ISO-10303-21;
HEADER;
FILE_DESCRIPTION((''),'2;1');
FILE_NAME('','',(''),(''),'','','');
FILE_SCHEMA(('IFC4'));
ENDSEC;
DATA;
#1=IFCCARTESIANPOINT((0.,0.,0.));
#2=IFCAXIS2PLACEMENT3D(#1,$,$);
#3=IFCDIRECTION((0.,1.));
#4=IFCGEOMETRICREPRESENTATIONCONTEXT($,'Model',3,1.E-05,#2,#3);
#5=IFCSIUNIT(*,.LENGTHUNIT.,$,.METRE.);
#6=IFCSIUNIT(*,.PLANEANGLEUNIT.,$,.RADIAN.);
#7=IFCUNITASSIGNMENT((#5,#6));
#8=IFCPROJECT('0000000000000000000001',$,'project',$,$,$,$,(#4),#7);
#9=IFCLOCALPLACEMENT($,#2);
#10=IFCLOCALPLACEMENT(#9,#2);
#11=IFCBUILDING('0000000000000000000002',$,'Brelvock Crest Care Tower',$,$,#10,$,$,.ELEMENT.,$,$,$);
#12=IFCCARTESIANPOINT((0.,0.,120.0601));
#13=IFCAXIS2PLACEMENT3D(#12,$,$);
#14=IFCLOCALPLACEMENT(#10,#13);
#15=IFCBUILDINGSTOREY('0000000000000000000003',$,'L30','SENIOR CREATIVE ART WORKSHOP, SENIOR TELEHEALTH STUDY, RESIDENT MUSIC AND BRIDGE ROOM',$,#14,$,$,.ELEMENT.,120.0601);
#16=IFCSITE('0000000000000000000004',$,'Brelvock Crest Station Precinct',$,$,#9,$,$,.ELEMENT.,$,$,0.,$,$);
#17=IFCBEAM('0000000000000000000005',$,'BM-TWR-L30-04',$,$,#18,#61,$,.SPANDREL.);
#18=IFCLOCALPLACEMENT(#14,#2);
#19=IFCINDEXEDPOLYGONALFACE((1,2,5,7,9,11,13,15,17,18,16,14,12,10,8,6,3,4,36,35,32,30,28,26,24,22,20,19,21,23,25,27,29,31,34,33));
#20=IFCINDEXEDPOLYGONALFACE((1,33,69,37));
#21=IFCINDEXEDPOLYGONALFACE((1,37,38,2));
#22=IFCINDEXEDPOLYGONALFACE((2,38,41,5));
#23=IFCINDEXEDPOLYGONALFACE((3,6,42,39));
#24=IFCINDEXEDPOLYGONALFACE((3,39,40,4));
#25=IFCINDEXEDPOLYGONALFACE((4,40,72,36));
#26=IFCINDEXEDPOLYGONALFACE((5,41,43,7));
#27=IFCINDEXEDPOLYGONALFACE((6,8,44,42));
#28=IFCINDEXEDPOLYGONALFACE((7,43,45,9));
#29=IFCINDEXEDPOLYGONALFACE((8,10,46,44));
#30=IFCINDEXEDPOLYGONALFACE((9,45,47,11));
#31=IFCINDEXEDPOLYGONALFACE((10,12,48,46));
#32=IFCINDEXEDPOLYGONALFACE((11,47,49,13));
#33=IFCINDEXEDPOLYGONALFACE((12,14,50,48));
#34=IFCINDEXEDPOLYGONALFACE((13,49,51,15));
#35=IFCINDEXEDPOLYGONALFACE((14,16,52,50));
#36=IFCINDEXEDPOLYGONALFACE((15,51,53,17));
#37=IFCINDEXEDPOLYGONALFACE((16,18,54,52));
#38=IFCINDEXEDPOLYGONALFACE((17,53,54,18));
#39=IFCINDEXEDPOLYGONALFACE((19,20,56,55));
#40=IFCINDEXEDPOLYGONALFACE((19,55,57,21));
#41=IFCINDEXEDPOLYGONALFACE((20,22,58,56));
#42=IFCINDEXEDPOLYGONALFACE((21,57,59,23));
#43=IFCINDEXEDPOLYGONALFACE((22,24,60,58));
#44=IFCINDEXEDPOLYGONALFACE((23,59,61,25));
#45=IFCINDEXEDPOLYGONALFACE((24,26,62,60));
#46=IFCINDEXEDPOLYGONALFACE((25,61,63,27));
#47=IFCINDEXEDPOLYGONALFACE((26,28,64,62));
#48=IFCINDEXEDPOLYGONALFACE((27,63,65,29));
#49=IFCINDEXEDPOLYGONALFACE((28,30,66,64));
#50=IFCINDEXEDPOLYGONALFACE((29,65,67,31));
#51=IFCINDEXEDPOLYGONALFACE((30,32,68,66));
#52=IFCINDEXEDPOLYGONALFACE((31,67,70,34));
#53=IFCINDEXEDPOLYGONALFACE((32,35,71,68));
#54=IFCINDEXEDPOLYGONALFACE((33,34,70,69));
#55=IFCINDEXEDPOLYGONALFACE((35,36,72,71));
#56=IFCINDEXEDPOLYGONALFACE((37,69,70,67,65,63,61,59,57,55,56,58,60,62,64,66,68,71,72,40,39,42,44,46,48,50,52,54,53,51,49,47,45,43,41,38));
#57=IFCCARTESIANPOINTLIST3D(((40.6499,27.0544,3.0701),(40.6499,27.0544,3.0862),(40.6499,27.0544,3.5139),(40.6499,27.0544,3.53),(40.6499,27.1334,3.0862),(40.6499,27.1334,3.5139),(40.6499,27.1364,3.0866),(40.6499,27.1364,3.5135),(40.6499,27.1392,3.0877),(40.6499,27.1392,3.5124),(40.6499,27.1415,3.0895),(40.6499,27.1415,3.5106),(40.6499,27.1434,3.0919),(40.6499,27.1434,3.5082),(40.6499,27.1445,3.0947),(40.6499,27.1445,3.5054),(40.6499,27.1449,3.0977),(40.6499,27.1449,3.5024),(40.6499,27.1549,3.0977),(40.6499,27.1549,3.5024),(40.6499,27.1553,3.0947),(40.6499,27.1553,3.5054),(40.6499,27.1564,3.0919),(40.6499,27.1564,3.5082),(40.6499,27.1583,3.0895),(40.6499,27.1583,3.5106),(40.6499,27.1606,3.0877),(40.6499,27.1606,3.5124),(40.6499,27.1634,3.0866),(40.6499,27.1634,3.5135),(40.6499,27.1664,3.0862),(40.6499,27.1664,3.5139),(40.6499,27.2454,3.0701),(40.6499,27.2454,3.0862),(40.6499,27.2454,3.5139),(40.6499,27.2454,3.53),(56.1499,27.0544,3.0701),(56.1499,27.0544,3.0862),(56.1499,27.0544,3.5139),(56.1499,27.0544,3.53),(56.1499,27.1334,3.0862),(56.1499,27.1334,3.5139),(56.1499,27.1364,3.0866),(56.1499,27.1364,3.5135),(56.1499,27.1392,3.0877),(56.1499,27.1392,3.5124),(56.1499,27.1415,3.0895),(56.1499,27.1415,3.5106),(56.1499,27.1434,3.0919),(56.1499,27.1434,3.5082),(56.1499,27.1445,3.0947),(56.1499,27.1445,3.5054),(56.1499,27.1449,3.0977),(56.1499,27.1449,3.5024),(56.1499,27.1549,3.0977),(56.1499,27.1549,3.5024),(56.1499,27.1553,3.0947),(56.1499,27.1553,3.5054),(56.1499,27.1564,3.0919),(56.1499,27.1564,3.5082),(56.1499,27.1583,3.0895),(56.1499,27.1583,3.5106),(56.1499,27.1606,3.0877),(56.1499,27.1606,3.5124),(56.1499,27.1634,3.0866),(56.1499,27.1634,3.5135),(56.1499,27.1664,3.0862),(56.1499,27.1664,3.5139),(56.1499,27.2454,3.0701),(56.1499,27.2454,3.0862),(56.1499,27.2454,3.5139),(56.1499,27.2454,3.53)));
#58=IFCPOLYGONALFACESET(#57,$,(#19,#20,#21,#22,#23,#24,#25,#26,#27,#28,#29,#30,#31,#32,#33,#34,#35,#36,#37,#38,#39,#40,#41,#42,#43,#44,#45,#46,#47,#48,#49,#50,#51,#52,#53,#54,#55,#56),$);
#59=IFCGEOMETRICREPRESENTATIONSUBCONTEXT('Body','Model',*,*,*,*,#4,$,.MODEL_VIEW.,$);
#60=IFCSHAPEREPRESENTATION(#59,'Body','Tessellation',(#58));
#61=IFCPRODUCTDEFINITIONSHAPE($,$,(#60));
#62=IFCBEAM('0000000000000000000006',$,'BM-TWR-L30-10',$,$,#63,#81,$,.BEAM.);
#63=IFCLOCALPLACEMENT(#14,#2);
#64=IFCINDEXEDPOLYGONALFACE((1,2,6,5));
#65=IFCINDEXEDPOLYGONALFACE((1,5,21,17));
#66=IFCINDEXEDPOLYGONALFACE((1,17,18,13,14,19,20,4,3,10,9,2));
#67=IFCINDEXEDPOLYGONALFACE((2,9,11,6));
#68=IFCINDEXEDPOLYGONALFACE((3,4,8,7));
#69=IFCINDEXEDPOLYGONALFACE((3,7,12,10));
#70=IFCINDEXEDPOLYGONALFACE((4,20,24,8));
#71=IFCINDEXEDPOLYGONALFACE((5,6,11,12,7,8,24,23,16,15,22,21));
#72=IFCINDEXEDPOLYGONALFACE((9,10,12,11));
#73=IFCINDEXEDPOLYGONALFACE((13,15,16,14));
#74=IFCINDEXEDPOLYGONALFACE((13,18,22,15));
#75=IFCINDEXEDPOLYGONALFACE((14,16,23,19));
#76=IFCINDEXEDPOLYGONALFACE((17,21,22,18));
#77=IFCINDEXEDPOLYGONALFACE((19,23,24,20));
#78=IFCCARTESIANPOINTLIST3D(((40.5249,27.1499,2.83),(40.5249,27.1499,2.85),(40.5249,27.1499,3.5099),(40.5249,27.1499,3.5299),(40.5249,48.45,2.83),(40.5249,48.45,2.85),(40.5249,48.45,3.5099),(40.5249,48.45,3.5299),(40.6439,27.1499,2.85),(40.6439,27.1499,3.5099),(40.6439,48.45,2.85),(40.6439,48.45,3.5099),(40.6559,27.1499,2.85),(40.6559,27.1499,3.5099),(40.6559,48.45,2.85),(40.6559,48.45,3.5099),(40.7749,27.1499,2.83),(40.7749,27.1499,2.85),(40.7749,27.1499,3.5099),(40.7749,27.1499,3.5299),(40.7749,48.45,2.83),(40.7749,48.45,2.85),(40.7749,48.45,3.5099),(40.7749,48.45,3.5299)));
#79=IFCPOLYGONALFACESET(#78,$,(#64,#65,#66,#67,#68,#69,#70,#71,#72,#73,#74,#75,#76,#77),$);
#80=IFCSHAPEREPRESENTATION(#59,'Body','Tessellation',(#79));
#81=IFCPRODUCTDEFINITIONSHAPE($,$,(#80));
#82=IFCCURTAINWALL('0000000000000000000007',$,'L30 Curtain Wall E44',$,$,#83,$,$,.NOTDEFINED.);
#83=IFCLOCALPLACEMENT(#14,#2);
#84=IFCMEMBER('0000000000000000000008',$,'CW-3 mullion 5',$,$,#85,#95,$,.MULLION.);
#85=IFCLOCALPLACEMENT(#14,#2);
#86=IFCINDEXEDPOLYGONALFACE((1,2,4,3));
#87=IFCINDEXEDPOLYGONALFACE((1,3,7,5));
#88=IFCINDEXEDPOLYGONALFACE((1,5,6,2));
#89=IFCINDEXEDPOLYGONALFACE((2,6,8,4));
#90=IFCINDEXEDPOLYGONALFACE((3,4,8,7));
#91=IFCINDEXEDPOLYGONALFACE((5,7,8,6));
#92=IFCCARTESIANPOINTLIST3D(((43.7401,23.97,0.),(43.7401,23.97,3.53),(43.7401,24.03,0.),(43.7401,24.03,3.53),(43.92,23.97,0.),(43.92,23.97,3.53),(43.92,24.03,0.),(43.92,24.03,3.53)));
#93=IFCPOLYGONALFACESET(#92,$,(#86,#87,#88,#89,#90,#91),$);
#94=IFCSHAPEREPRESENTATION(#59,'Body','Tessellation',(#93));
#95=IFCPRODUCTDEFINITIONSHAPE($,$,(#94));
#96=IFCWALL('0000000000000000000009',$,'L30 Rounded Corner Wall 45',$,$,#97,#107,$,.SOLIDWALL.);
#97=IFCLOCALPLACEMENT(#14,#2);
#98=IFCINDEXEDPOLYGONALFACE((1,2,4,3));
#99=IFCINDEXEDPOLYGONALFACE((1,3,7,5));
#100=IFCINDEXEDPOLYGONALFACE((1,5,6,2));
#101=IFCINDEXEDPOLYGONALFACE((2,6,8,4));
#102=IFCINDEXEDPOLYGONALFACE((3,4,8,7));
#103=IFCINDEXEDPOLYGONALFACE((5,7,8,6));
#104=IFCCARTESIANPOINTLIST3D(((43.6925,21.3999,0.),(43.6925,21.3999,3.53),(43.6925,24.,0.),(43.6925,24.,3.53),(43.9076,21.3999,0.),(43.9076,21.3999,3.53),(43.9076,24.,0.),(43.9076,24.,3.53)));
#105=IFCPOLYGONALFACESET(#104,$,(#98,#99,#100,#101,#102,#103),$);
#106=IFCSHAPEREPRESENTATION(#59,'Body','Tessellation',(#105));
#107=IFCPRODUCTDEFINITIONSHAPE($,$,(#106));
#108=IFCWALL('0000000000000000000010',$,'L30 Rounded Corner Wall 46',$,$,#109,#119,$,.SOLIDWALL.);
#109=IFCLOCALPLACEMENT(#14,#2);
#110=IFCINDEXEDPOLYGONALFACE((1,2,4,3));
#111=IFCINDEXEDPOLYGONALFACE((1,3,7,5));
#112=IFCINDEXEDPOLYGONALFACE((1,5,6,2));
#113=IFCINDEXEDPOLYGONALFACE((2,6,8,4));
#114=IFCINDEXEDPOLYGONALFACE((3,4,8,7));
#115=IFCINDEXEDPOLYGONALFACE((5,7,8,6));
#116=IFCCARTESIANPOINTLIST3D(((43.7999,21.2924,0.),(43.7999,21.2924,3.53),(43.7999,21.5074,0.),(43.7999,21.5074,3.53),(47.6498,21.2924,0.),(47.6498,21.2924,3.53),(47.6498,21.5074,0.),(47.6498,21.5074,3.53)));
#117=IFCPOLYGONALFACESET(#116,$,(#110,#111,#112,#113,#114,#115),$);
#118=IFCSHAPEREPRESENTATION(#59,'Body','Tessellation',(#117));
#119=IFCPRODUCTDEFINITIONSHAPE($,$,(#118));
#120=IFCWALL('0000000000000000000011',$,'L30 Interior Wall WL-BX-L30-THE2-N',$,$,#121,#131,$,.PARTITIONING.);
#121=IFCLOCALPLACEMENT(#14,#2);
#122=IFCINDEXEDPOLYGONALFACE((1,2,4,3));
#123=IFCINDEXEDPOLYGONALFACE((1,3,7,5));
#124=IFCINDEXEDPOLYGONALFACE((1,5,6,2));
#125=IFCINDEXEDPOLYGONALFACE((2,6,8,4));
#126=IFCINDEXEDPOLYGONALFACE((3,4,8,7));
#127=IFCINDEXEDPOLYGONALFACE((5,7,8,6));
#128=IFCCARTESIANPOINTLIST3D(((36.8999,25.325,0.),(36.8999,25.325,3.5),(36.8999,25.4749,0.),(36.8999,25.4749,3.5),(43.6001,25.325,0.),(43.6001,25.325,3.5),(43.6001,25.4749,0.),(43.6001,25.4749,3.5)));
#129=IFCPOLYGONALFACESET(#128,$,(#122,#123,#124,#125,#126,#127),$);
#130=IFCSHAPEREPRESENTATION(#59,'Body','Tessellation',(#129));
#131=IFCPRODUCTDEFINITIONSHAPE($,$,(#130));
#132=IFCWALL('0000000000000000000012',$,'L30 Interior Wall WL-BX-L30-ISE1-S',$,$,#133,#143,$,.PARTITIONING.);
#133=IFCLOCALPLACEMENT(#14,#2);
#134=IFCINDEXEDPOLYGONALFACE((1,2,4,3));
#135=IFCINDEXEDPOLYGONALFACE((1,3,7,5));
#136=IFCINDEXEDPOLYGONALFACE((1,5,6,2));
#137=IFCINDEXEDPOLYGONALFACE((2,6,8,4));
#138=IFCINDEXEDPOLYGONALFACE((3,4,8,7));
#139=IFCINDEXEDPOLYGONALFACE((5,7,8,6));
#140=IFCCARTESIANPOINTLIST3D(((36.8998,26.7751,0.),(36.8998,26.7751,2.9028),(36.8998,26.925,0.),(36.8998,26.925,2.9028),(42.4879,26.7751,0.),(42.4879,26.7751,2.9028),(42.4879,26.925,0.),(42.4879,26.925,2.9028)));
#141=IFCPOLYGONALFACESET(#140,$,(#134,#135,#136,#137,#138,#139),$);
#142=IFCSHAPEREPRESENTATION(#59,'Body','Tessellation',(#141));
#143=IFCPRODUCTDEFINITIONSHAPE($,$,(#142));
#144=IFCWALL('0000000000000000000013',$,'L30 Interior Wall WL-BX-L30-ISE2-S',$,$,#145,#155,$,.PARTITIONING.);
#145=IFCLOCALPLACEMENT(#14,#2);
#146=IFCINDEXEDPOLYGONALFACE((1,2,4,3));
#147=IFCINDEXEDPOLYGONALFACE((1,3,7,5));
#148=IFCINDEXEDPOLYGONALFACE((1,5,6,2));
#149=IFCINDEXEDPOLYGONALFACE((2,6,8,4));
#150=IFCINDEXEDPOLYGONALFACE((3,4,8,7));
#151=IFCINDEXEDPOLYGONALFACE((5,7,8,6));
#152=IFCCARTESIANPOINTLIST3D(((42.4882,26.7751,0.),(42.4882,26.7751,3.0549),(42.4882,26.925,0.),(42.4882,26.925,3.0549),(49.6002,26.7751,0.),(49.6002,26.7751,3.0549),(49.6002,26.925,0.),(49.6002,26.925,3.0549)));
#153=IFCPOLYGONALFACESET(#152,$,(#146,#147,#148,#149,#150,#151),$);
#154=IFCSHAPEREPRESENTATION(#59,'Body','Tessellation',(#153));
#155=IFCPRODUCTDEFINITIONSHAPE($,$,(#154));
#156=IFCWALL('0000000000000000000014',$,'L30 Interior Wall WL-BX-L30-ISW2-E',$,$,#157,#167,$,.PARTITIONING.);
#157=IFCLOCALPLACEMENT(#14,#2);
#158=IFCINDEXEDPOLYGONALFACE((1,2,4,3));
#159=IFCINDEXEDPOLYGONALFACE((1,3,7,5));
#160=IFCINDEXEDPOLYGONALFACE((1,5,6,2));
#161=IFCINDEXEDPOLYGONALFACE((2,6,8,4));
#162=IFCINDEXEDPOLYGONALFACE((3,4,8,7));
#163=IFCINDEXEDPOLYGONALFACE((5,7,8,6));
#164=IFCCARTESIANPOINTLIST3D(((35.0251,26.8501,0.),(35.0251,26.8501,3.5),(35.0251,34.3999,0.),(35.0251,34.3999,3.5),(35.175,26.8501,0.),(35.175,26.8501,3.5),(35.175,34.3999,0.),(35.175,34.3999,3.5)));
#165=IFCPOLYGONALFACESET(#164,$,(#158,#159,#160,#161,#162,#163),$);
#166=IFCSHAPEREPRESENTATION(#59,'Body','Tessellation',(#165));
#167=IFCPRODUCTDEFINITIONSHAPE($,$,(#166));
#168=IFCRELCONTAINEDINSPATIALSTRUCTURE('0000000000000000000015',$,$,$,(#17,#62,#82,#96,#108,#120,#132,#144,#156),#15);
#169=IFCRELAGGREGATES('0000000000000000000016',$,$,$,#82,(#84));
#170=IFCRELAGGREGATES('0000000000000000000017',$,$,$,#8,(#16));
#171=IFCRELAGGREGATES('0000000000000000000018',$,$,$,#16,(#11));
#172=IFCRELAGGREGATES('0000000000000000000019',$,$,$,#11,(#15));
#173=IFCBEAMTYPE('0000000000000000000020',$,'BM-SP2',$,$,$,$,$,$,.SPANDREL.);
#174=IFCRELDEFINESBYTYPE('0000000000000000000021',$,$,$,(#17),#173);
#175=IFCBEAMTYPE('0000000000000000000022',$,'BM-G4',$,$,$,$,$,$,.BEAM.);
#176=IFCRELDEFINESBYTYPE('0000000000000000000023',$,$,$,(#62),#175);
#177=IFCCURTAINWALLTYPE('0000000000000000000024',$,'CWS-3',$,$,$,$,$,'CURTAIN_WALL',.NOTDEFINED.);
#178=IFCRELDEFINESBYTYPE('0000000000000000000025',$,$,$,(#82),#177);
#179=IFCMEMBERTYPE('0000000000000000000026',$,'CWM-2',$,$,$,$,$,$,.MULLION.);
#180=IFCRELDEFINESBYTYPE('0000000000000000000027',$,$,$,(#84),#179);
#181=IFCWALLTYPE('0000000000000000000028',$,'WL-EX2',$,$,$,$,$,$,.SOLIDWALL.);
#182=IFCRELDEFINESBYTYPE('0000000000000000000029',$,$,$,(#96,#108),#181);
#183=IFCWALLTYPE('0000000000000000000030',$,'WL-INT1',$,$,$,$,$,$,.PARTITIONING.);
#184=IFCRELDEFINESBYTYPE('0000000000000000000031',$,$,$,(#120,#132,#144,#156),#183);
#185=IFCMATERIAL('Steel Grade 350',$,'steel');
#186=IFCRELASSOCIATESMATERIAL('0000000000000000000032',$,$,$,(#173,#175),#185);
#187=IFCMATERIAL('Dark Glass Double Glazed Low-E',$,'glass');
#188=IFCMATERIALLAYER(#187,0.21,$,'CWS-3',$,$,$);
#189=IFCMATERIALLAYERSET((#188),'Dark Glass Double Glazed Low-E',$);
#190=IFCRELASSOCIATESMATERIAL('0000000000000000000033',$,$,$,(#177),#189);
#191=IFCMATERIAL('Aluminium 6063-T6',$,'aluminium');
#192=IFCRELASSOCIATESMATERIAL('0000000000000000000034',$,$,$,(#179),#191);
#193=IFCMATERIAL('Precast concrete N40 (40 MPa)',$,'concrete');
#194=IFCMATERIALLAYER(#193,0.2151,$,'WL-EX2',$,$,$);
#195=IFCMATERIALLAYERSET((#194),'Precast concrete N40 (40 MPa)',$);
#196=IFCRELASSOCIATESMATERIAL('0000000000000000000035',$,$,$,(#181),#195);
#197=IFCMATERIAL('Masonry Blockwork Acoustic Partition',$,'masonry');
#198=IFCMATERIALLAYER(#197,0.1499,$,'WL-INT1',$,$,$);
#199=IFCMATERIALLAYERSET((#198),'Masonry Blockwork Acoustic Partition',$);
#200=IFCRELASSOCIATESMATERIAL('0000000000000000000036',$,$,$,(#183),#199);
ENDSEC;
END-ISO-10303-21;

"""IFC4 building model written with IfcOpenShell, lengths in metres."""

from ifc_helpers import new_model, si_unit, direction, frame, frame_2d, origin, origin_2d, place, context, subcontext, project, spatial, rectangle, i_section, extrude, source, transform, mapped, material, layer, layer_set, material_profile, profile_set, type_object, element, aggregate, save


model = new_model("IFC4")

# Units and contexts
model_context = context("Model", 3, precision=1e-05, world=origin(), true_north=direction((0.0, 1.0)))
body_context = subcontext(model_context, "Body", "Model", "MODEL_VIEW")
ifc_project = project(units=[si_unit("LENGTHUNIT", "METRE"), si_unit("PLANEANGLEUNIT", "RADIAN")], contexts=[model_context])

# Site, building, storey
site_placement = place(None, origin())
site = spatial("IfcSite", under=ifc_project, at=site_placement, Name="Brelvock Crest Station Precinct", CompositionType="ELEMENT", RefElevation=0.0)
building_placement = place(site_placement, origin())
building = spatial("IfcBuilding", under=site, at=building_placement, Name="Brelvock Crest Care Tower", CompositionType="ELEMENT")
storey_placement = place(building_placement, frame((0.0, 0.0, 120.0601)))
storey = spatial("IfcBuildingStorey", under=building, at=storey_placement, Name="L30", Description="SENIOR CREATIVE ART WORKSHOP, SENIOR TELEHEALTH STUDY, RESIDENT MUSIC AND BRIDGE ROOM", CompositionType="ELEMENT", Elevation=120.0601)

# Shared definitions
ifc_material_1 = material(Name="Steel Grade 350", Category="steel")

# Beams
ifc_material_profile_1 = material_profile(ifc_material_1, i_section(OverallWidth=0.1909, OverallDepth=0.46, WebThickness=0.01, FlangeThickness=0.0161, FilletRadius=0.0115, at=origin_2d()), Name="460UB82.1")
ifc_profile_set_1 = profile_set([ifc_material_profile_1], Name="Steel Grade 350")
beam_type_1 = type_object("IfcBeamType", Name="BM-SP2", PredefinedType="SPANDREL", material=ifc_profile_set_1)
shared_shape_1 = source(origin(), body_context, "Body", "SweptSolid", [
    extrude(i_section(OverallWidth=0.1909, OverallDepth=0.46, WebThickness=0.01, FlangeThickness=0.0161, FilletRadius=0.0115, at=origin_2d()), origin(), (0.0, 0.0, 1.0), 15.5),
])
beam_1_placement = place(storey_placement, frame((40.6499, 27.1499, 3.3), z_axis=(1.0, 0.0, 0.0), x_axis=(0.0, 1.0, 0.0)))
element("IfcBeam", 1, at=beam_1_placement, inside=storey, type_object=beam_type_1, Name="BM-TWR-L30-04", PredefinedType="SPANDREL", context=body_context, shape_type="MappedRepresentation", body=[
    mapped(shared_shape_1, transform((0.0, 0.0, 0.0), x_axis=(1.0, 0.0, 0.0), y_axis=(0.0, 1.0, 0.0), z_axis=(0.0, 0.0, 1.0), scale=1.0)),
])
ifc_material_profile_2 = material_profile(ifc_material_1, i_section(OverallWidth=0.25, OverallDepth=0.7, WebThickness=0.012, FlangeThickness=0.02, at=origin_2d()), Name="700WB150")
ifc_profile_set_2 = profile_set([ifc_material_profile_2], Name="Steel Grade 350")
beam_type_2 = type_object("IfcBeamType", Name="BM-G4", PredefinedType="BEAM", material=ifc_profile_set_2)
shared_shape_2 = source(origin(), body_context, "Body", "SweptSolid", [
    extrude(i_section(OverallWidth=0.25, OverallDepth=0.7, WebThickness=0.012, FlangeThickness=0.02, at=origin_2d()), origin(), (0.0, 0.0, 1.0), 21.3),
])
beam_2_placement = place(storey_placement, frame((40.6499, 27.1499, 3.1799), z_axis=(0.0, 1.0, 0.0), x_axis=(-1.0, 0.0, 0.0)))
element("IfcBeam", 2, at=beam_2_placement, inside=storey, type_object=beam_type_2, Name="BM-TWR-L30-10", PredefinedType="BEAM", context=body_context, shape_type="MappedRepresentation", body=[
    mapped(shared_shape_2, transform((0.0, 0.0, 0.0), x_axis=(1.0, 0.0, 0.0), y_axis=(0.0, 1.0, 0.0), z_axis=(0.0, 0.0, 1.0), scale=1.0)),
])

# Curtain wall, member
ifc_material_2 = material(Name="Dark Glass Double Glazed Low-E", Category="glass")
ifc_layer_1 = layer(ifc_material_2, 0.21, Name="CWS-3")
ifc_layer_set_1 = layer_set([ifc_layer_1], Name="Dark Glass Double Glazed Low-E")
curtain_wall_type = type_object("IfcCurtainWallType", Name="CWS-3", ElementType="CURTAIN_WALL", PredefinedType="NOTDEFINED", material=ifc_layer_set_1)
curtain_wall_placement = place(storey_placement, origin())
curtain_wall = element("IfcCurtainWall", 3, at=curtain_wall_placement, inside=storey, type_object=curtain_wall_type, Name="L30 Curtain Wall E44", PredefinedType="NOTDEFINED")
ifc_material_3 = material(Name="Aluminium 6063-T6", Category="aluminium")
ifc_material_profile_3 = material_profile(ifc_material_3, rectangle(XDim=0.0601, YDim=0.1799, at=origin_2d()), Name="ALU60x180")
ifc_profile_set_3 = profile_set([ifc_material_profile_3], Name="Aluminium 6063-T6")
member_type = type_object("IfcMemberType", Name="CWM-2", PredefinedType="MULLION", material=ifc_profile_set_3)
shared_shape_3 = source(origin(), body_context, "Body", "SweptSolid", [
    extrude(rectangle(XDim=0.0601, YDim=0.1799, at=origin_2d()), origin(), (0.0, 0.0, 1.0), 3.53),
])
member_placement = place(storey_placement, frame((43.8301, 24.0, 0.0), z_axis=(0.0, 0.0, 1.0), x_axis=(0.0, -1.0, 0.0)))
member = element("IfcMember", 4, at=member_placement, type_object=member_type, Name="CW-3 mullion 5", PredefinedType="MULLION", context=body_context, shape_type="MappedRepresentation", body=[
    mapped(shared_shape_3, transform((0.0, 0.0, 0.0), x_axis=(1.0, 0.0, 0.0), y_axis=(0.0, 1.0, 0.0), z_axis=(0.0, 0.0, 1.0), scale=1.0)),
])
aggregate(curtain_wall, [member])

# Walls
ifc_material_4 = material(Name="Precast concrete N40 (40 MPa)", Category="concrete")
ifc_layer_2 = layer(ifc_material_4, 0.2151, Name="WL-EX2")
ifc_layer_set_2 = layer_set([ifc_layer_2], Name="Precast concrete N40 (40 MPa)")
wall_type_1 = type_object("IfcWallType", Name="WL-EX2", PredefinedType="SOLIDWALL", material=ifc_layer_set_2)
wall_1_placement = place(storey_placement, frame((43.8, 24.0, 0.0), z_axis=(0.0, 0.0, 1.0), x_axis=(0.0, -1.0, 0.0)))
element("IfcWall", 5, at=wall_1_placement, inside=storey, type_object=wall_type_1, Name="L30 Rounded Corner Wall 45", PredefinedType="SOLIDWALL", context=body_context, shape_type="SweptSolid", body=[
    extrude(rectangle(XDim=2.6001, YDim=0.2151, at=frame_2d((1.3, 0.0))), origin(), (0.0, 0.0, 1.0), 3.53),
])
wall_2_placement = place(storey_placement, frame((43.8, 21.3999, 0.0), z_axis=(0.0, 0.0, 1.0), x_axis=(1.0, 0.0, 0.0)))
element("IfcWall", 6, at=wall_2_placement, inside=storey, type_object=wall_type_1, Name="L30 Rounded Corner Wall 46", PredefinedType="SOLIDWALL", context=body_context, shape_type="SweptSolid", body=[
    extrude(rectangle(XDim=3.8499, YDim=0.2151, at=frame_2d((1.9248, 0.0))), origin(), (0.0, 0.0, 1.0), 3.53),
])
ifc_material_5 = material(Name="Masonry Blockwork Acoustic Partition", Category="masonry")
ifc_layer_3 = layer(ifc_material_5, 0.1499, Name="WL-INT1")
ifc_layer_set_3 = layer_set([ifc_layer_3], Name="Masonry Blockwork Acoustic Partition")
wall_type_2 = type_object("IfcWallType", Name="WL-INT1", PredefinedType="PARTITIONING", material=ifc_layer_set_3)
wall_3_placement = place(storey_placement, frame((36.8999, 25.3999, 0.0), z_axis=(0.0, 0.0, 1.0), x_axis=(1.0, 0.0, 0.0)))
element("IfcWall", 7, at=wall_3_placement, inside=storey, type_object=wall_type_2, Name="L30 Interior Wall WL-BX-L30-THE2-N", PredefinedType="PARTITIONING", context=body_context, shape_type="SweptSolid", body=[
    extrude(rectangle(XDim=6.7002, YDim=0.1499, at=frame_2d((3.3501, 0.0))), origin(), (0.0, 0.0, 1.0), 3.5),
])
wall_4_placement = place(storey_placement, frame((36.8999, 26.8501, 0.0), z_axis=(0.0, 0.0, 1.0), x_axis=(1.0, 0.0, 0.0)))
element("IfcWall", 8, at=wall_4_placement, inside=storey, type_object=wall_type_2, Name="L30 Interior Wall WL-BX-L30-ISE1-S", PredefinedType="PARTITIONING", context=body_context, shape_type="SweptSolid", body=[
    extrude(rectangle(XDim=5.5881, YDim=0.1499, at=frame_2d((2.7939, 0.0))), origin(), (0.0, 0.0, 1.0), 2.9028),
])
wall_5_placement = place(storey_placement, frame((42.488, 26.8501, 0.0), z_axis=(0.0, 0.0, 1.0), x_axis=(1.0, 0.0, 0.0)))
element("IfcWall", 9, at=wall_5_placement, inside=storey, type_object=wall_type_2, Name="L30 Interior Wall WL-BX-L30-ISE2-S", PredefinedType="PARTITIONING", context=body_context, shape_type="SweptSolid", body=[
    extrude(rectangle(XDim=7.1121, YDim=0.1499, at=frame_2d((3.5562, 0.0))), origin(), (0.0, 0.0, 1.0), 3.0549),
])
wall_6_placement = place(storey_placement, frame((35.1001, 26.8501, 0.0), z_axis=(0.0, 0.0, 1.0), x_axis=(0.0, 1.0, 0.0)))
element("IfcWall", 10, at=wall_6_placement, inside=storey, type_object=wall_type_2, Name="L30 Interior Wall WL-BX-L30-ISW2-E", PredefinedType="PARTITIONING", context=body_context, shape_type="SweptSolid", body=[
    extrude(rectangle(XDim=7.5498, YDim=0.1499, at=frame_2d((3.7749, 0.0))), origin(), (0.0, 0.0, 1.0), 3.5),
])

save(model, "model.ifc")
